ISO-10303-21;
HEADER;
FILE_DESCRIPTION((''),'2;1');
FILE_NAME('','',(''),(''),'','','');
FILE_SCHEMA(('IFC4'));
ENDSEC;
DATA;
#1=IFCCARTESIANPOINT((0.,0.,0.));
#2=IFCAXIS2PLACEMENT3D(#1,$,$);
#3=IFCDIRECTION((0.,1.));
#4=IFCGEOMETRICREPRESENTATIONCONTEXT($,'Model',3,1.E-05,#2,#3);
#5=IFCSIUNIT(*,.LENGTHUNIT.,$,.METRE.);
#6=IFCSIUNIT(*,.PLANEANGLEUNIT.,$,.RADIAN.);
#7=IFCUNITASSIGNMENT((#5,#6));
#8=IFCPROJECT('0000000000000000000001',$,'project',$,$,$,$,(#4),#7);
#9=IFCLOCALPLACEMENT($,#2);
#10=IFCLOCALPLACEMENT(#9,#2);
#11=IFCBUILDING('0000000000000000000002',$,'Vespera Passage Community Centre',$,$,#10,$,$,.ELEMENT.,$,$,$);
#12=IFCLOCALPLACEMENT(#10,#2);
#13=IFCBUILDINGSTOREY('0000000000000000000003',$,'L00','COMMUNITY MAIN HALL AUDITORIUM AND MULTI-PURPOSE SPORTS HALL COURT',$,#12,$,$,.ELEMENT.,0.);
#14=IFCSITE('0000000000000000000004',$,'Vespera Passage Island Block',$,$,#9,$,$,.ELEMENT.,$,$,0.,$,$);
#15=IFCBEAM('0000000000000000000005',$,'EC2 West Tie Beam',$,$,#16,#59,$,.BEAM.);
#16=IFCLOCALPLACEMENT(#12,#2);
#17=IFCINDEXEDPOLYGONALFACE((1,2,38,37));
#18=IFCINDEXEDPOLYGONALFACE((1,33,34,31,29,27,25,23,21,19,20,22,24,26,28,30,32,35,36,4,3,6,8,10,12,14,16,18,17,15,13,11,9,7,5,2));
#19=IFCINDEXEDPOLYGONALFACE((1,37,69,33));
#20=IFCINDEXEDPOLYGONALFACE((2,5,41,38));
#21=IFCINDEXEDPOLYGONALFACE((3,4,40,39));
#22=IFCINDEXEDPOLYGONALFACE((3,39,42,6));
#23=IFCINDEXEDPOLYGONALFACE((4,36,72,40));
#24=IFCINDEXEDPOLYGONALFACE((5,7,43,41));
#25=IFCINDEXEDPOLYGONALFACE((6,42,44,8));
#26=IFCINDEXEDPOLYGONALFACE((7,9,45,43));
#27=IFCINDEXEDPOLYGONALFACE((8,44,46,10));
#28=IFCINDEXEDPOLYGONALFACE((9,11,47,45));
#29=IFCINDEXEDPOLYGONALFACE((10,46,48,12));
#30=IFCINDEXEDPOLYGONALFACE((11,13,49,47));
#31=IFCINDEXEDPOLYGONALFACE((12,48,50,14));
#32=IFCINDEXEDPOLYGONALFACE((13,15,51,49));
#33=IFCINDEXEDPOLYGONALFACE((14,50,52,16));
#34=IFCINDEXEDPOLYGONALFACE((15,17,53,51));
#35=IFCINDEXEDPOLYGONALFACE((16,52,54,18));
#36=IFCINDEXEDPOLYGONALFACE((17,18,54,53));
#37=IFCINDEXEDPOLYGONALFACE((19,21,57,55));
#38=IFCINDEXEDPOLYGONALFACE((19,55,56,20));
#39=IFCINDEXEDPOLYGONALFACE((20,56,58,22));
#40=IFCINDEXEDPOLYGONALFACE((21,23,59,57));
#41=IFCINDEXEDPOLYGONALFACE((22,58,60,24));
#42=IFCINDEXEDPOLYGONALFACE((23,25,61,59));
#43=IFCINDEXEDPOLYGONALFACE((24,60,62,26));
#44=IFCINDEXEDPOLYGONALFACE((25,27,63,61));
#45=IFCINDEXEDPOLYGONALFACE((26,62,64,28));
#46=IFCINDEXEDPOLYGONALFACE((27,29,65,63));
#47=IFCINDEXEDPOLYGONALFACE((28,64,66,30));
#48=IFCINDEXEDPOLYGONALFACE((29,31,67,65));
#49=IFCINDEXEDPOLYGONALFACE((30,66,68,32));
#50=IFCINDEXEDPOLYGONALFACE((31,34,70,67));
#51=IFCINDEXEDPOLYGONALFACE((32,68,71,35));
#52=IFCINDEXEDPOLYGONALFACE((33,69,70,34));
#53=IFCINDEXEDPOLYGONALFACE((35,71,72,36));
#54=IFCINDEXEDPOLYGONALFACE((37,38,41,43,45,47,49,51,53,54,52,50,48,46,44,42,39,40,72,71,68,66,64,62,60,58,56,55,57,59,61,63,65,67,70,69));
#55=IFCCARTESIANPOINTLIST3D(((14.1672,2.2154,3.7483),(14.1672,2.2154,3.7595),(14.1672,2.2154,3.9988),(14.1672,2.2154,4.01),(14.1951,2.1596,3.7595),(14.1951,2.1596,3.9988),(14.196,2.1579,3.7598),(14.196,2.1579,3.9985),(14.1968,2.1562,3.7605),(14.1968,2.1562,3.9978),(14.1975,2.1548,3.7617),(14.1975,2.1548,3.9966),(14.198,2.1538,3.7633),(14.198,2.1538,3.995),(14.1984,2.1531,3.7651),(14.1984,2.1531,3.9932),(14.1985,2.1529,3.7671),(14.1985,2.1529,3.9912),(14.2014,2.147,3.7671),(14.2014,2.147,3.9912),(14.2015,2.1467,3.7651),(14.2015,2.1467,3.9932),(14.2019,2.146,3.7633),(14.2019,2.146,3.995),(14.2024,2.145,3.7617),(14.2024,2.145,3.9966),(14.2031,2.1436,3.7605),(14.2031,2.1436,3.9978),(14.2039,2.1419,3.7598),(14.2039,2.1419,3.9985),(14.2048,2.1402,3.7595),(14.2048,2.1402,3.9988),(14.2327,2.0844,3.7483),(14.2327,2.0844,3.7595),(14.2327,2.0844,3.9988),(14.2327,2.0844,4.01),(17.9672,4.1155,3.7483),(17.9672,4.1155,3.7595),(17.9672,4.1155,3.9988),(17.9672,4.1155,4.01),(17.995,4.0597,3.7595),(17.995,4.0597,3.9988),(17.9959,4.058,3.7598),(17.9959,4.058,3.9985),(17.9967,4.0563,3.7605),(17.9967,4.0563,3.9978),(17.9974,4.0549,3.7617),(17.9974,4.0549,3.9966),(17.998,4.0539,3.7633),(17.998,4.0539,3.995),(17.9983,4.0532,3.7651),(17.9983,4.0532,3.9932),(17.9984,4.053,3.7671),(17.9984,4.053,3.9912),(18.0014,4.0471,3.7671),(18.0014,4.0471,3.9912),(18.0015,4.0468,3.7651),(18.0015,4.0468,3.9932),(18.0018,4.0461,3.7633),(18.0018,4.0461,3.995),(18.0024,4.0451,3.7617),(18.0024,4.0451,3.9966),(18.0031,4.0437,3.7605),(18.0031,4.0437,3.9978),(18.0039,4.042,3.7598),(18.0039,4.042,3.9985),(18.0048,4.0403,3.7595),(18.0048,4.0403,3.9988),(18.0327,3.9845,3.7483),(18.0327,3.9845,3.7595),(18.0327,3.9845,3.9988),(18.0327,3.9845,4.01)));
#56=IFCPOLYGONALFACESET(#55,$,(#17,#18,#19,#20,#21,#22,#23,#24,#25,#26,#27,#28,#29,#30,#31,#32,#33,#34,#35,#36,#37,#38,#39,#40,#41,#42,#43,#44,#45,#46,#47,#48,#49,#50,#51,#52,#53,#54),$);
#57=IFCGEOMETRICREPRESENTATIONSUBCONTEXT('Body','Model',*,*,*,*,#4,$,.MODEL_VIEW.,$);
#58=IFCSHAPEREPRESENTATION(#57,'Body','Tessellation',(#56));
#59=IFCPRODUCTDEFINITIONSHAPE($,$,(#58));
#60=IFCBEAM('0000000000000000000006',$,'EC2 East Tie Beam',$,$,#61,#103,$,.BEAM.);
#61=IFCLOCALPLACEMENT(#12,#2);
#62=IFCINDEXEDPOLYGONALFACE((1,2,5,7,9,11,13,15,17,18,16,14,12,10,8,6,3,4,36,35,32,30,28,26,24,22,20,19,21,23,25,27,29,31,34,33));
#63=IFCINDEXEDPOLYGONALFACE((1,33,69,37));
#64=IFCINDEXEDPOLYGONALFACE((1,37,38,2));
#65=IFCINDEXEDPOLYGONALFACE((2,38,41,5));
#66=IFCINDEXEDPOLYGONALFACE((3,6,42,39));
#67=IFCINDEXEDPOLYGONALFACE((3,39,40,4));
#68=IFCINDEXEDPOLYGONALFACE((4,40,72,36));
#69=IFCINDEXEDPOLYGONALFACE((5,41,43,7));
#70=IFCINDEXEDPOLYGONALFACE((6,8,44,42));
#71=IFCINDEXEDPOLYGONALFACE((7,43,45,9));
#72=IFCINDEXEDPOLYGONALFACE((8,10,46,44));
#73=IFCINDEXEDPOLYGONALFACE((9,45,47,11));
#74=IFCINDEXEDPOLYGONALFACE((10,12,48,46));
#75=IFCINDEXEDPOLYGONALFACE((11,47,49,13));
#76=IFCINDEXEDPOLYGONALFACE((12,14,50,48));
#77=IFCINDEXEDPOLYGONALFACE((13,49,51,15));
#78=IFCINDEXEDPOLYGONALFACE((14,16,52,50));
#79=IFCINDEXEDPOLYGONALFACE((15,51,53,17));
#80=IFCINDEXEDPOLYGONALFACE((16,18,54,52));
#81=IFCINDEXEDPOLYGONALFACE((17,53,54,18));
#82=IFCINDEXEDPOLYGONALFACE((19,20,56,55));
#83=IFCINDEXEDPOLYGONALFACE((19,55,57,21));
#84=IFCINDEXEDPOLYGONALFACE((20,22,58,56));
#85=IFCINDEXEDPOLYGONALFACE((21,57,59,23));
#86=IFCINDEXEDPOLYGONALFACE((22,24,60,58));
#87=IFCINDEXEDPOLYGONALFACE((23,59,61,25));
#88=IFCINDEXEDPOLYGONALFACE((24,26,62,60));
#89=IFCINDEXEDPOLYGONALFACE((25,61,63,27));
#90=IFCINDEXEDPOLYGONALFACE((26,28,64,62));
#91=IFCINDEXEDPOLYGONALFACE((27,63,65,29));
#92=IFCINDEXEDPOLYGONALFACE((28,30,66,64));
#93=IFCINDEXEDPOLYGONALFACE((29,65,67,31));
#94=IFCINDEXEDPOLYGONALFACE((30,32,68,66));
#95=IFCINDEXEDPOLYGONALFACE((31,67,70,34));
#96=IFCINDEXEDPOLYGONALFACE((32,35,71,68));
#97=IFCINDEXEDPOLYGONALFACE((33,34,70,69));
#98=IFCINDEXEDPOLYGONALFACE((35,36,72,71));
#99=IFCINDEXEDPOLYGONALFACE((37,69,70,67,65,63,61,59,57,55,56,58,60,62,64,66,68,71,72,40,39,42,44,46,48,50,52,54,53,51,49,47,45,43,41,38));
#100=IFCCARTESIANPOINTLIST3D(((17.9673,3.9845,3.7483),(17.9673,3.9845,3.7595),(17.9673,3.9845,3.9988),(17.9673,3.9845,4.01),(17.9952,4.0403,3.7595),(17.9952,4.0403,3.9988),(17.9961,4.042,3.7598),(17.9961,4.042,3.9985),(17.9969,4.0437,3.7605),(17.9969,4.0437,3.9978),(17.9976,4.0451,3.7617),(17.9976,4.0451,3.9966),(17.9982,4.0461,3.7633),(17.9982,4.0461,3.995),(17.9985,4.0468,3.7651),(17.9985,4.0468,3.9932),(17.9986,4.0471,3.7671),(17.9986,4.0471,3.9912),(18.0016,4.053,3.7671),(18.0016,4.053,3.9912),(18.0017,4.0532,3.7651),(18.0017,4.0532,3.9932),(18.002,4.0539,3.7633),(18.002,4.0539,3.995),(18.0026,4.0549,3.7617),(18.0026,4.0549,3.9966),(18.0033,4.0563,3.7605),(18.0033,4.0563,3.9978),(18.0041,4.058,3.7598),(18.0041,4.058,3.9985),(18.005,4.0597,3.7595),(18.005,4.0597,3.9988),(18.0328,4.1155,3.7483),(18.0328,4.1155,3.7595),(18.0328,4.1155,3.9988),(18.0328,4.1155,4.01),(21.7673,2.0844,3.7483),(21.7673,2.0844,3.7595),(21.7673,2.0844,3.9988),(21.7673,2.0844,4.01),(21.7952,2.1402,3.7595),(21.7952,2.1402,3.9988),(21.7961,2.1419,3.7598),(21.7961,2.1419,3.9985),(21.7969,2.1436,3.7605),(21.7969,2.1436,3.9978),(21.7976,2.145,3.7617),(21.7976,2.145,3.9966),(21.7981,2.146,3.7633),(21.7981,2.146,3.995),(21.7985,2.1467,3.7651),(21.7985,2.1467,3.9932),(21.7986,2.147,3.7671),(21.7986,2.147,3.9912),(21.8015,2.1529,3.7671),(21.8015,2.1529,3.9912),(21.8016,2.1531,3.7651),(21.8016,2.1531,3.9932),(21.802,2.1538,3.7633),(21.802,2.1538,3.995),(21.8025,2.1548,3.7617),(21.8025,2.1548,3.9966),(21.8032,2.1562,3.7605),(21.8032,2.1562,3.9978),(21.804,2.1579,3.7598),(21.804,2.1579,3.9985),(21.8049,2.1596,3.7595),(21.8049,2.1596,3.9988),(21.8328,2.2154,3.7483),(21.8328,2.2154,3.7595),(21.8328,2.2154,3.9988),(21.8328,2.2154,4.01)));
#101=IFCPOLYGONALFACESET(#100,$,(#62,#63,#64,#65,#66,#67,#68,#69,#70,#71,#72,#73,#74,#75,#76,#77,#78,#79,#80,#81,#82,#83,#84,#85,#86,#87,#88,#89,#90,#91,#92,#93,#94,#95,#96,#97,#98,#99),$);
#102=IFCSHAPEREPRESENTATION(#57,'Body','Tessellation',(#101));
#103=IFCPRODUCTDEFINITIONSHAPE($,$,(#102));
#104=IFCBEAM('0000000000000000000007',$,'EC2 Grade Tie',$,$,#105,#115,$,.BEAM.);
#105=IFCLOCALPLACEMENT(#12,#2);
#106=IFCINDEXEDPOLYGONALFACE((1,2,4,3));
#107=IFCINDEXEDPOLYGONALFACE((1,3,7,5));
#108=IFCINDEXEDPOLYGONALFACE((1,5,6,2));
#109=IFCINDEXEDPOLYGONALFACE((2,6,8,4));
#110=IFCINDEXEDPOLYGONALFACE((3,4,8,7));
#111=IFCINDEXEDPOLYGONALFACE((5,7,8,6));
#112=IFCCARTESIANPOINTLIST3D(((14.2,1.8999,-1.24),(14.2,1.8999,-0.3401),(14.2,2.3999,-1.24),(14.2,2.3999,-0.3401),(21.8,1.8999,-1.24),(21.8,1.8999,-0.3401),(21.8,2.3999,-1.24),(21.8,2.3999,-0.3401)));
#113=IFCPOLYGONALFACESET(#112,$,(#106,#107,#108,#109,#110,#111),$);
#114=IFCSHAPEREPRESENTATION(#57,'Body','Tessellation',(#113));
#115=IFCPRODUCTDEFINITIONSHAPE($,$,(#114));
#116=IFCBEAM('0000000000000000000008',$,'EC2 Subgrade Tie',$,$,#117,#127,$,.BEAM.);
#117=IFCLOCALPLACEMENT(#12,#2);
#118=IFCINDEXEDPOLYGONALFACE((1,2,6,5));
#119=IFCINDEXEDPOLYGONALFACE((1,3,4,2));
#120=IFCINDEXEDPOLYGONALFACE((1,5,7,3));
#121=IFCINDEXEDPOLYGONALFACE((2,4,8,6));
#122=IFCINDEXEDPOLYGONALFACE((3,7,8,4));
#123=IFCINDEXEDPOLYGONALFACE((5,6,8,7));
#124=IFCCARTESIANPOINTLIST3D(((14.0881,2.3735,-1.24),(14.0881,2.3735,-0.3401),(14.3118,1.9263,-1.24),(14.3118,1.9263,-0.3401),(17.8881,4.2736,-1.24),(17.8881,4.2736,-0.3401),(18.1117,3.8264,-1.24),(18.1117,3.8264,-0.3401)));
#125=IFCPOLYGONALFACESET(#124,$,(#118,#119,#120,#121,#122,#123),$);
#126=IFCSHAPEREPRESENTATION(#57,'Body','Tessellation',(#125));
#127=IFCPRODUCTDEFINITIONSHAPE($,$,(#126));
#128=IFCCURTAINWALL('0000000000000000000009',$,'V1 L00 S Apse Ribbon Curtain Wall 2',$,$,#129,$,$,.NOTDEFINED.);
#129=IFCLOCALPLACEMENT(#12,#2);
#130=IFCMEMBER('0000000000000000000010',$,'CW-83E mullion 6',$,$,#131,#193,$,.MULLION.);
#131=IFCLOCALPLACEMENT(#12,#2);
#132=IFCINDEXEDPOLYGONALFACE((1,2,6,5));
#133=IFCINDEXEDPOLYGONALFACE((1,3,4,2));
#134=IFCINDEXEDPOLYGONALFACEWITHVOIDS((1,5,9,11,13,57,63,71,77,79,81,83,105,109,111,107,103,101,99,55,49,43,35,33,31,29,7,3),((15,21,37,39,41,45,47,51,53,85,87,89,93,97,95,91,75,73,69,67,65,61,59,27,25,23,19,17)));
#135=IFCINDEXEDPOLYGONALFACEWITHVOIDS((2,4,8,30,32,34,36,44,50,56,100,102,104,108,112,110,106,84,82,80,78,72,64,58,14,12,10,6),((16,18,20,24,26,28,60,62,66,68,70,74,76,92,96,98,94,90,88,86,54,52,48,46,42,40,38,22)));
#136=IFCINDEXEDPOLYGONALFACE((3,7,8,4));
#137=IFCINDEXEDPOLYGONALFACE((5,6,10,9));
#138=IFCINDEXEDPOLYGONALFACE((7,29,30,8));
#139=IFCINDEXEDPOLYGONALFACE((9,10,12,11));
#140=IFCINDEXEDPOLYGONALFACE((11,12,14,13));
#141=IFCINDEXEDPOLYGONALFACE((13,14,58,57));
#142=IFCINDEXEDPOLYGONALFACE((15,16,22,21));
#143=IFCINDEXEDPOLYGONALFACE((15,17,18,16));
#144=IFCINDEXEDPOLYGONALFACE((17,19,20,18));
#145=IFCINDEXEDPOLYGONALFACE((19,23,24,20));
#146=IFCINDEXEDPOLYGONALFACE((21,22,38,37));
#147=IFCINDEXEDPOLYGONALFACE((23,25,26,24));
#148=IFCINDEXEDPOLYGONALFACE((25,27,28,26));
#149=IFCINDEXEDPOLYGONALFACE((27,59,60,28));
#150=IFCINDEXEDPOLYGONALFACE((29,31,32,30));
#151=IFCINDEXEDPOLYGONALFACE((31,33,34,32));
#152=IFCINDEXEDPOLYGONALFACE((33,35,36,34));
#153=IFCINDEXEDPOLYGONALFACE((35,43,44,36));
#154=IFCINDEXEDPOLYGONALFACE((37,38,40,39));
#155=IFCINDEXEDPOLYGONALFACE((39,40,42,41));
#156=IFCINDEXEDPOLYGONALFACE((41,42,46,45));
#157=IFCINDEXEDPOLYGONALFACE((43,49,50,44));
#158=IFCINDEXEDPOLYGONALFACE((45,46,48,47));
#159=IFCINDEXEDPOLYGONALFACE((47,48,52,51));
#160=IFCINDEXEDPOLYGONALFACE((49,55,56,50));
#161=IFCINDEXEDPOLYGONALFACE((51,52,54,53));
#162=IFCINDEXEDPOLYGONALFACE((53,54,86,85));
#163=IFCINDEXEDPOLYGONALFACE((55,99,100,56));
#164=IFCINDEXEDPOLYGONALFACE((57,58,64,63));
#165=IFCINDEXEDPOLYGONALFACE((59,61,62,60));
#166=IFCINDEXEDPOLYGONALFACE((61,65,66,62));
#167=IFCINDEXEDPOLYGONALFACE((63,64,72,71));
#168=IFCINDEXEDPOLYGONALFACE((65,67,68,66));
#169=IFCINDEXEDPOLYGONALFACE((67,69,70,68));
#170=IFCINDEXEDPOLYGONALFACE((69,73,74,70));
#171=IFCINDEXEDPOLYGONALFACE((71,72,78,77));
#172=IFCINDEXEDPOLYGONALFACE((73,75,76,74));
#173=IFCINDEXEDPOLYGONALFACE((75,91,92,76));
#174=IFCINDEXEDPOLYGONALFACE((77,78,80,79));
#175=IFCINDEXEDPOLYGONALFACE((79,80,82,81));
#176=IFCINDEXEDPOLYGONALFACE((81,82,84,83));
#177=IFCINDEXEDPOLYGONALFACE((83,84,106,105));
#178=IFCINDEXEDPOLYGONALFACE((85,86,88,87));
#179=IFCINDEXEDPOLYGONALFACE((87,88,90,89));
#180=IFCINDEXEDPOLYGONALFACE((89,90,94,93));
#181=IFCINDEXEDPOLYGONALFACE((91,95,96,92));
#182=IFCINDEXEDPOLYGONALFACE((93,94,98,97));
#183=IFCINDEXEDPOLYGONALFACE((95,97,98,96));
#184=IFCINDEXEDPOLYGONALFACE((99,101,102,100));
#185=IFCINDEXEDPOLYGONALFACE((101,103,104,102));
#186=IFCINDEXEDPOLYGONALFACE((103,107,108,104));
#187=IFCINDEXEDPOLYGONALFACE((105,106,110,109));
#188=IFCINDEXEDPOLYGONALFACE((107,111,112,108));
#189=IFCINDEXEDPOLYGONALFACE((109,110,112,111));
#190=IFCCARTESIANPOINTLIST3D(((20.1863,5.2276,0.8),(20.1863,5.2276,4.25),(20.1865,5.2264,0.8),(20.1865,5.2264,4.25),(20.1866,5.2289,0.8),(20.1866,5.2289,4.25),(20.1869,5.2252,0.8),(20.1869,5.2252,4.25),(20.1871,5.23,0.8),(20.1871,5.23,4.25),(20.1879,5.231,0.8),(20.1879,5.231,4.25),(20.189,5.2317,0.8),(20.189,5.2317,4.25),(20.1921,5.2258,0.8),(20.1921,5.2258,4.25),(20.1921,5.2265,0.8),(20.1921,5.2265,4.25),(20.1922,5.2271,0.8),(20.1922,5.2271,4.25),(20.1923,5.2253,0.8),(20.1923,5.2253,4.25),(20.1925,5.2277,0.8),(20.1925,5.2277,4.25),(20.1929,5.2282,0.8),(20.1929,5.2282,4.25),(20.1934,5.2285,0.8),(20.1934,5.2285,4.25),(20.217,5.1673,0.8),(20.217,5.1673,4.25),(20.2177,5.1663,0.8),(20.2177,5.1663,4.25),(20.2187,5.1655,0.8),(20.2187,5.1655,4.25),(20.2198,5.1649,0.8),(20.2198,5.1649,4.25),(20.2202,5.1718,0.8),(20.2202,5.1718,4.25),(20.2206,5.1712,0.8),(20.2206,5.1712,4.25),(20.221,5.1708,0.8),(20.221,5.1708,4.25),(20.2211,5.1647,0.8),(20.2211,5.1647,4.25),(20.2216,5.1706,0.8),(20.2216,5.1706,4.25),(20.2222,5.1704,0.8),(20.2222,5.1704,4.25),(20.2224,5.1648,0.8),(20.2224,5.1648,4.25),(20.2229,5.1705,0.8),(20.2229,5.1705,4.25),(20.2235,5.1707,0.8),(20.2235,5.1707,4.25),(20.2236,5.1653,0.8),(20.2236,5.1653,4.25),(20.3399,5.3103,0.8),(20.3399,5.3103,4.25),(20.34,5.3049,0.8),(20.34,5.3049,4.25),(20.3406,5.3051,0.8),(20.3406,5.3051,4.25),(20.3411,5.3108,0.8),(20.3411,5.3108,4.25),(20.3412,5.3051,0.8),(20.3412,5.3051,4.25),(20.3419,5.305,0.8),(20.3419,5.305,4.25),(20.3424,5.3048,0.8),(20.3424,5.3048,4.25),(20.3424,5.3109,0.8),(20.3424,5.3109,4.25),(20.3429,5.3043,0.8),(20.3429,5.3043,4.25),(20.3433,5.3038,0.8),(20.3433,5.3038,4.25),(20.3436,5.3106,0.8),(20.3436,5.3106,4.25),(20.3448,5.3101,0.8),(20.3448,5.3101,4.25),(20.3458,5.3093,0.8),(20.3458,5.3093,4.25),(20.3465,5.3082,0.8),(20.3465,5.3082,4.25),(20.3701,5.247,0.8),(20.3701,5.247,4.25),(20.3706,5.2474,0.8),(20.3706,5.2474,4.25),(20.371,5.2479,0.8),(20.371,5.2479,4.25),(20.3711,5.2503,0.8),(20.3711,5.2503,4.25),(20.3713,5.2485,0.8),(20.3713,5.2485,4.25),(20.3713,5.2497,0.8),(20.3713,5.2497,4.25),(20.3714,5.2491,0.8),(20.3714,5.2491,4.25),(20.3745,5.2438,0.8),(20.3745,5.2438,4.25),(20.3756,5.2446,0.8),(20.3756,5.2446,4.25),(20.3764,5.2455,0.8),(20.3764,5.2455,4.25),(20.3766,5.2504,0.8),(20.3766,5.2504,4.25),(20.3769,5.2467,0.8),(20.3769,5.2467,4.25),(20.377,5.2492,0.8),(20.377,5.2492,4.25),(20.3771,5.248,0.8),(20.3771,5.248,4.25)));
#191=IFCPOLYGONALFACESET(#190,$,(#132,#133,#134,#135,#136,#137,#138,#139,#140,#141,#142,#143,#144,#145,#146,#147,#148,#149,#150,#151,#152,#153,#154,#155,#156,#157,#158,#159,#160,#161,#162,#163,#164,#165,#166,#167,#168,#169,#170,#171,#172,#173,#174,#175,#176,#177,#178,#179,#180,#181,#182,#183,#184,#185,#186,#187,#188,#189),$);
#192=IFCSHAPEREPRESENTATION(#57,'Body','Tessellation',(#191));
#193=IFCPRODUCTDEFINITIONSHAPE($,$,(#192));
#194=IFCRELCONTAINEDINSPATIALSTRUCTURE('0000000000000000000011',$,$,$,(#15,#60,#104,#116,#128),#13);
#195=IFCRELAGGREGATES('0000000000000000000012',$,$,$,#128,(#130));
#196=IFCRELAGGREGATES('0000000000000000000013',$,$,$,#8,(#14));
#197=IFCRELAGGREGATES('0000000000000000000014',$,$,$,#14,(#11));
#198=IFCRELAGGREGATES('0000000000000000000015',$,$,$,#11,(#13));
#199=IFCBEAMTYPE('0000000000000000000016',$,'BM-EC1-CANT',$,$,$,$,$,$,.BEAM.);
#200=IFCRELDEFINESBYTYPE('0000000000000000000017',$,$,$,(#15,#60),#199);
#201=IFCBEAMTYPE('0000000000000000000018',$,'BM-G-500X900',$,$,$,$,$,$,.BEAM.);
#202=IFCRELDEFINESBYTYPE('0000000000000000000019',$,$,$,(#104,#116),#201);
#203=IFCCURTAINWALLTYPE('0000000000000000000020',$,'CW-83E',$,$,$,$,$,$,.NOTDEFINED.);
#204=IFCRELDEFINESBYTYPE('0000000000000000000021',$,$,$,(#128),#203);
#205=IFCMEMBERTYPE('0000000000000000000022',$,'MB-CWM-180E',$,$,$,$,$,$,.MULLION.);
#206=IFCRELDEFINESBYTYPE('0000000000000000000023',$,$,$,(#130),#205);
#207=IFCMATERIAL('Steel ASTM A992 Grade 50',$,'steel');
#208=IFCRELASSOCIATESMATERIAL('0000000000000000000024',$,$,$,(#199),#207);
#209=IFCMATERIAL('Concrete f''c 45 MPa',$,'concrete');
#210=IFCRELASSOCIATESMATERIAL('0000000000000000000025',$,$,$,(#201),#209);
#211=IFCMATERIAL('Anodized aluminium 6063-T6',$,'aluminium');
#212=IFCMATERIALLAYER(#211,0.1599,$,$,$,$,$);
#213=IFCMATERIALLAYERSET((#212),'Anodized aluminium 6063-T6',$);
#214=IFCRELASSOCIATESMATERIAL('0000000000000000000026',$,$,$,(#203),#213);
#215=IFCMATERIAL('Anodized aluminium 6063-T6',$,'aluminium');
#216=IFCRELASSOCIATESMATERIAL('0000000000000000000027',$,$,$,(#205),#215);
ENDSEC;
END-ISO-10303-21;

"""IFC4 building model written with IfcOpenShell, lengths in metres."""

from ifc_helpers import new_model, si_unit, direction, frame, origin, origin_2d, place, context, subcontext, project, spatial, rectangle, hollow_rectangle, i_section, extrude, material, layer, layer_set, material_profile, profile_set, type_object, element, aggregate, save


model = new_model("IFC4")

# Units and contexts
model_context = context("Model", 3, precision=1e-05, world=origin(), true_north=direction((0.0, 1.0)))
body_context = subcontext(model_context, "Body", "Model", "MODEL_VIEW")
ifc_project = project(units=[si_unit("LENGTHUNIT", "METRE"), si_unit("PLANEANGLEUNIT", "RADIAN")], contexts=[model_context])

# Site, building, storey
site_placement = place(None, origin())
site = spatial("IfcSite", under=ifc_project, at=site_placement, Name="Vespera Passage Island Block", CompositionType="ELEMENT", RefElevation=0.0)
building_placement = place(site_placement, origin())
building = spatial("IfcBuilding", under=site, at=building_placement, Name="Vespera Passage Community Centre", CompositionType="ELEMENT")
storey_placement = place(building_placement, origin())
storey = spatial("IfcBuildingStorey", under=building, at=storey_placement, Name="L00", Description="COMMUNITY MAIN HALL AUDITORIUM AND MULTI-PURPOSE SPORTS HALL COURT", CompositionType="ELEMENT", Elevation=0.0)

# Beams
ifc_material_1 = material(Name="Steel ASTM A992 Grade 50", Category="steel")
ifc_material_profile_1 = material_profile(ifc_material_1, i_section(OverallWidth=0.1465, OverallDepth=0.2617, WebThickness=0.0066, FlangeThickness=0.0112, FilletRadius=0.0076, at=origin_2d()), Name="W10X26")
ifc_profile_set_1 = profile_set([ifc_material_profile_1], Name="Steel ASTM A992 Grade 50")
beam_type_1 = type_object("IfcBeamType", Name="BM-EC1-CANT", PredefinedType="BEAM", material=ifc_profile_set_1)
for number, where, z_axis, x_axis, name in (
    (1, (14.2, 2.1499, 3.8792), (0.894416, 0.447237, 0.0), (-0.447237, 0.894416, 0.0), "EC2 West Tie Beam"),
    (2, (21.8, 2.1499, 3.8792), (-0.894416, 0.447237, 0.0), (-0.447237, -0.894416, 0.0), "EC2 East Tie Beam"),
):
    element("IfcBeam", number, at=place(storey_placement, frame(where, z_axis=z_axis, x_axis=x_axis)), inside=storey, type_object=beam_type_1, Name=name, PredefinedType="BEAM", context=body_context, shape_type="SweptSolid", body=[
        extrude(i_section(OverallWidth=0.1465, OverallDepth=0.2617, WebThickness=0.0066, FlangeThickness=0.0112, FilletRadius=0.0076, at=origin_2d()), origin(), (0.0, 0.0, 1.0), 4.2485),
    ])
ifc_material_2 = material(Name="Concrete f'c 45 MPa", Category="concrete")
ifc_material_profile_2 = material_profile(ifc_material_2, rectangle(XDim=0.5, YDim=0.8999, at=origin_2d()), Name="RC500X900")
ifc_profile_set_2 = profile_set([ifc_material_profile_2], Name="Concrete f'c 45 MPa")
beam_type_2 = type_object("IfcBeamType", Name="BM-G-500X900", PredefinedType="BEAM", material=ifc_profile_set_2)
beam_1_placement = place(storey_placement, frame((14.2, 2.1499, -0.79), z_axis=(1.0, 0.0, 0.0), x_axis=(0.0, 1.0, 0.0)))
element("IfcBeam", 3, at=beam_1_placement, inside=storey, type_object=beam_type_2, Name="EC2 Grade Tie", PredefinedType="BEAM", context=body_context, shape_type="SweptSolid", body=[
    extrude(rectangle(XDim=0.5, YDim=0.8999, at=origin_2d()), origin(), (0.0, 0.0, 1.0), 7.6001),
])
beam_2_placement = place(storey_placement, frame((14.2, 2.1499, -0.79), z_axis=(0.894416, 0.447237, 0.0), x_axis=(-0.447237, 0.894416, 0.0)))
element("IfcBeam", 4, at=beam_2_placement, inside=storey, type_object=beam_type_2, Name="EC2 Subgrade Tie", PredefinedType="BEAM", context=body_context, shape_type="SweptSolid", body=[
    extrude(rectangle(XDim=0.5, YDim=0.8999, at=origin_2d()), origin(), (0.0, 0.0, 1.0), 4.2485),
])

# Curtain wall, member
ifc_material_3 = material(Name="Anodized aluminium 6063-T6", Category="aluminium")
ifc_layer_1 = layer(ifc_material_3, 0.1599)
ifc_layer_set_1 = layer_set([ifc_layer_1], Name="Anodized aluminium 6063-T6")
curtain_wall_type = type_object("IfcCurtainWallType", Name="CW-83E", PredefinedType="NOTDEFINED", material=ifc_layer_set_1)
curtain_wall_placement = place(storey_placement, origin())
curtain_wall = element("IfcCurtainWall", 5, at=curtain_wall_placement, inside=storey, type_object=curtain_wall_type, Name="V1 L00 S Apse Ribbon Curtain Wall 2", PredefinedType="NOTDEFINED")
ifc_material_4 = material(Name="Anodized aluminium 6063-T6", Category="aluminium")
ifc_material_profile_3 = material_profile(ifc_material_4, hollow_rectangle(XDim=0.075, YDim=0.1799, WallThickness=0.0049, InnerFilletRadius=0.0024, OuterFilletRadius=0.0049, at=origin_2d()), Name="ALU180X75X5")
ifc_profile_set_3 = profile_set([ifc_material_profile_3], Name="Anodized aluminium 6063-T6")
member_type_1 = type_object("IfcMemberType", Name="MB-CWM-180E", PredefinedType="MULLION", material=ifc_profile_set_3)
member_1_placement = place(storey_placement, frame((20.2817, 5.2378, 0.8), z_axis=(0.0, 0.0, 1.0), x_axis=(0.461745, -0.887013, 0.0)))
member_1 = element("IfcMember", 6, at=member_1_placement, type_object=member_type_1, Name="CW-83E mullion 6", PredefinedType="MULLION", context=body_context, shape_type="SweptSolid", body=[
    extrude(hollow_rectangle(XDim=0.075, YDim=0.1799, WallThickness=0.0049, InnerFilletRadius=0.0024, OuterFilletRadius=0.0049, at=origin_2d()), origin(), (0.0, 0.0, 1.0), 3.45),
])

aggregate(curtain_wall, [member_1])

save(model, "model.ifc")
